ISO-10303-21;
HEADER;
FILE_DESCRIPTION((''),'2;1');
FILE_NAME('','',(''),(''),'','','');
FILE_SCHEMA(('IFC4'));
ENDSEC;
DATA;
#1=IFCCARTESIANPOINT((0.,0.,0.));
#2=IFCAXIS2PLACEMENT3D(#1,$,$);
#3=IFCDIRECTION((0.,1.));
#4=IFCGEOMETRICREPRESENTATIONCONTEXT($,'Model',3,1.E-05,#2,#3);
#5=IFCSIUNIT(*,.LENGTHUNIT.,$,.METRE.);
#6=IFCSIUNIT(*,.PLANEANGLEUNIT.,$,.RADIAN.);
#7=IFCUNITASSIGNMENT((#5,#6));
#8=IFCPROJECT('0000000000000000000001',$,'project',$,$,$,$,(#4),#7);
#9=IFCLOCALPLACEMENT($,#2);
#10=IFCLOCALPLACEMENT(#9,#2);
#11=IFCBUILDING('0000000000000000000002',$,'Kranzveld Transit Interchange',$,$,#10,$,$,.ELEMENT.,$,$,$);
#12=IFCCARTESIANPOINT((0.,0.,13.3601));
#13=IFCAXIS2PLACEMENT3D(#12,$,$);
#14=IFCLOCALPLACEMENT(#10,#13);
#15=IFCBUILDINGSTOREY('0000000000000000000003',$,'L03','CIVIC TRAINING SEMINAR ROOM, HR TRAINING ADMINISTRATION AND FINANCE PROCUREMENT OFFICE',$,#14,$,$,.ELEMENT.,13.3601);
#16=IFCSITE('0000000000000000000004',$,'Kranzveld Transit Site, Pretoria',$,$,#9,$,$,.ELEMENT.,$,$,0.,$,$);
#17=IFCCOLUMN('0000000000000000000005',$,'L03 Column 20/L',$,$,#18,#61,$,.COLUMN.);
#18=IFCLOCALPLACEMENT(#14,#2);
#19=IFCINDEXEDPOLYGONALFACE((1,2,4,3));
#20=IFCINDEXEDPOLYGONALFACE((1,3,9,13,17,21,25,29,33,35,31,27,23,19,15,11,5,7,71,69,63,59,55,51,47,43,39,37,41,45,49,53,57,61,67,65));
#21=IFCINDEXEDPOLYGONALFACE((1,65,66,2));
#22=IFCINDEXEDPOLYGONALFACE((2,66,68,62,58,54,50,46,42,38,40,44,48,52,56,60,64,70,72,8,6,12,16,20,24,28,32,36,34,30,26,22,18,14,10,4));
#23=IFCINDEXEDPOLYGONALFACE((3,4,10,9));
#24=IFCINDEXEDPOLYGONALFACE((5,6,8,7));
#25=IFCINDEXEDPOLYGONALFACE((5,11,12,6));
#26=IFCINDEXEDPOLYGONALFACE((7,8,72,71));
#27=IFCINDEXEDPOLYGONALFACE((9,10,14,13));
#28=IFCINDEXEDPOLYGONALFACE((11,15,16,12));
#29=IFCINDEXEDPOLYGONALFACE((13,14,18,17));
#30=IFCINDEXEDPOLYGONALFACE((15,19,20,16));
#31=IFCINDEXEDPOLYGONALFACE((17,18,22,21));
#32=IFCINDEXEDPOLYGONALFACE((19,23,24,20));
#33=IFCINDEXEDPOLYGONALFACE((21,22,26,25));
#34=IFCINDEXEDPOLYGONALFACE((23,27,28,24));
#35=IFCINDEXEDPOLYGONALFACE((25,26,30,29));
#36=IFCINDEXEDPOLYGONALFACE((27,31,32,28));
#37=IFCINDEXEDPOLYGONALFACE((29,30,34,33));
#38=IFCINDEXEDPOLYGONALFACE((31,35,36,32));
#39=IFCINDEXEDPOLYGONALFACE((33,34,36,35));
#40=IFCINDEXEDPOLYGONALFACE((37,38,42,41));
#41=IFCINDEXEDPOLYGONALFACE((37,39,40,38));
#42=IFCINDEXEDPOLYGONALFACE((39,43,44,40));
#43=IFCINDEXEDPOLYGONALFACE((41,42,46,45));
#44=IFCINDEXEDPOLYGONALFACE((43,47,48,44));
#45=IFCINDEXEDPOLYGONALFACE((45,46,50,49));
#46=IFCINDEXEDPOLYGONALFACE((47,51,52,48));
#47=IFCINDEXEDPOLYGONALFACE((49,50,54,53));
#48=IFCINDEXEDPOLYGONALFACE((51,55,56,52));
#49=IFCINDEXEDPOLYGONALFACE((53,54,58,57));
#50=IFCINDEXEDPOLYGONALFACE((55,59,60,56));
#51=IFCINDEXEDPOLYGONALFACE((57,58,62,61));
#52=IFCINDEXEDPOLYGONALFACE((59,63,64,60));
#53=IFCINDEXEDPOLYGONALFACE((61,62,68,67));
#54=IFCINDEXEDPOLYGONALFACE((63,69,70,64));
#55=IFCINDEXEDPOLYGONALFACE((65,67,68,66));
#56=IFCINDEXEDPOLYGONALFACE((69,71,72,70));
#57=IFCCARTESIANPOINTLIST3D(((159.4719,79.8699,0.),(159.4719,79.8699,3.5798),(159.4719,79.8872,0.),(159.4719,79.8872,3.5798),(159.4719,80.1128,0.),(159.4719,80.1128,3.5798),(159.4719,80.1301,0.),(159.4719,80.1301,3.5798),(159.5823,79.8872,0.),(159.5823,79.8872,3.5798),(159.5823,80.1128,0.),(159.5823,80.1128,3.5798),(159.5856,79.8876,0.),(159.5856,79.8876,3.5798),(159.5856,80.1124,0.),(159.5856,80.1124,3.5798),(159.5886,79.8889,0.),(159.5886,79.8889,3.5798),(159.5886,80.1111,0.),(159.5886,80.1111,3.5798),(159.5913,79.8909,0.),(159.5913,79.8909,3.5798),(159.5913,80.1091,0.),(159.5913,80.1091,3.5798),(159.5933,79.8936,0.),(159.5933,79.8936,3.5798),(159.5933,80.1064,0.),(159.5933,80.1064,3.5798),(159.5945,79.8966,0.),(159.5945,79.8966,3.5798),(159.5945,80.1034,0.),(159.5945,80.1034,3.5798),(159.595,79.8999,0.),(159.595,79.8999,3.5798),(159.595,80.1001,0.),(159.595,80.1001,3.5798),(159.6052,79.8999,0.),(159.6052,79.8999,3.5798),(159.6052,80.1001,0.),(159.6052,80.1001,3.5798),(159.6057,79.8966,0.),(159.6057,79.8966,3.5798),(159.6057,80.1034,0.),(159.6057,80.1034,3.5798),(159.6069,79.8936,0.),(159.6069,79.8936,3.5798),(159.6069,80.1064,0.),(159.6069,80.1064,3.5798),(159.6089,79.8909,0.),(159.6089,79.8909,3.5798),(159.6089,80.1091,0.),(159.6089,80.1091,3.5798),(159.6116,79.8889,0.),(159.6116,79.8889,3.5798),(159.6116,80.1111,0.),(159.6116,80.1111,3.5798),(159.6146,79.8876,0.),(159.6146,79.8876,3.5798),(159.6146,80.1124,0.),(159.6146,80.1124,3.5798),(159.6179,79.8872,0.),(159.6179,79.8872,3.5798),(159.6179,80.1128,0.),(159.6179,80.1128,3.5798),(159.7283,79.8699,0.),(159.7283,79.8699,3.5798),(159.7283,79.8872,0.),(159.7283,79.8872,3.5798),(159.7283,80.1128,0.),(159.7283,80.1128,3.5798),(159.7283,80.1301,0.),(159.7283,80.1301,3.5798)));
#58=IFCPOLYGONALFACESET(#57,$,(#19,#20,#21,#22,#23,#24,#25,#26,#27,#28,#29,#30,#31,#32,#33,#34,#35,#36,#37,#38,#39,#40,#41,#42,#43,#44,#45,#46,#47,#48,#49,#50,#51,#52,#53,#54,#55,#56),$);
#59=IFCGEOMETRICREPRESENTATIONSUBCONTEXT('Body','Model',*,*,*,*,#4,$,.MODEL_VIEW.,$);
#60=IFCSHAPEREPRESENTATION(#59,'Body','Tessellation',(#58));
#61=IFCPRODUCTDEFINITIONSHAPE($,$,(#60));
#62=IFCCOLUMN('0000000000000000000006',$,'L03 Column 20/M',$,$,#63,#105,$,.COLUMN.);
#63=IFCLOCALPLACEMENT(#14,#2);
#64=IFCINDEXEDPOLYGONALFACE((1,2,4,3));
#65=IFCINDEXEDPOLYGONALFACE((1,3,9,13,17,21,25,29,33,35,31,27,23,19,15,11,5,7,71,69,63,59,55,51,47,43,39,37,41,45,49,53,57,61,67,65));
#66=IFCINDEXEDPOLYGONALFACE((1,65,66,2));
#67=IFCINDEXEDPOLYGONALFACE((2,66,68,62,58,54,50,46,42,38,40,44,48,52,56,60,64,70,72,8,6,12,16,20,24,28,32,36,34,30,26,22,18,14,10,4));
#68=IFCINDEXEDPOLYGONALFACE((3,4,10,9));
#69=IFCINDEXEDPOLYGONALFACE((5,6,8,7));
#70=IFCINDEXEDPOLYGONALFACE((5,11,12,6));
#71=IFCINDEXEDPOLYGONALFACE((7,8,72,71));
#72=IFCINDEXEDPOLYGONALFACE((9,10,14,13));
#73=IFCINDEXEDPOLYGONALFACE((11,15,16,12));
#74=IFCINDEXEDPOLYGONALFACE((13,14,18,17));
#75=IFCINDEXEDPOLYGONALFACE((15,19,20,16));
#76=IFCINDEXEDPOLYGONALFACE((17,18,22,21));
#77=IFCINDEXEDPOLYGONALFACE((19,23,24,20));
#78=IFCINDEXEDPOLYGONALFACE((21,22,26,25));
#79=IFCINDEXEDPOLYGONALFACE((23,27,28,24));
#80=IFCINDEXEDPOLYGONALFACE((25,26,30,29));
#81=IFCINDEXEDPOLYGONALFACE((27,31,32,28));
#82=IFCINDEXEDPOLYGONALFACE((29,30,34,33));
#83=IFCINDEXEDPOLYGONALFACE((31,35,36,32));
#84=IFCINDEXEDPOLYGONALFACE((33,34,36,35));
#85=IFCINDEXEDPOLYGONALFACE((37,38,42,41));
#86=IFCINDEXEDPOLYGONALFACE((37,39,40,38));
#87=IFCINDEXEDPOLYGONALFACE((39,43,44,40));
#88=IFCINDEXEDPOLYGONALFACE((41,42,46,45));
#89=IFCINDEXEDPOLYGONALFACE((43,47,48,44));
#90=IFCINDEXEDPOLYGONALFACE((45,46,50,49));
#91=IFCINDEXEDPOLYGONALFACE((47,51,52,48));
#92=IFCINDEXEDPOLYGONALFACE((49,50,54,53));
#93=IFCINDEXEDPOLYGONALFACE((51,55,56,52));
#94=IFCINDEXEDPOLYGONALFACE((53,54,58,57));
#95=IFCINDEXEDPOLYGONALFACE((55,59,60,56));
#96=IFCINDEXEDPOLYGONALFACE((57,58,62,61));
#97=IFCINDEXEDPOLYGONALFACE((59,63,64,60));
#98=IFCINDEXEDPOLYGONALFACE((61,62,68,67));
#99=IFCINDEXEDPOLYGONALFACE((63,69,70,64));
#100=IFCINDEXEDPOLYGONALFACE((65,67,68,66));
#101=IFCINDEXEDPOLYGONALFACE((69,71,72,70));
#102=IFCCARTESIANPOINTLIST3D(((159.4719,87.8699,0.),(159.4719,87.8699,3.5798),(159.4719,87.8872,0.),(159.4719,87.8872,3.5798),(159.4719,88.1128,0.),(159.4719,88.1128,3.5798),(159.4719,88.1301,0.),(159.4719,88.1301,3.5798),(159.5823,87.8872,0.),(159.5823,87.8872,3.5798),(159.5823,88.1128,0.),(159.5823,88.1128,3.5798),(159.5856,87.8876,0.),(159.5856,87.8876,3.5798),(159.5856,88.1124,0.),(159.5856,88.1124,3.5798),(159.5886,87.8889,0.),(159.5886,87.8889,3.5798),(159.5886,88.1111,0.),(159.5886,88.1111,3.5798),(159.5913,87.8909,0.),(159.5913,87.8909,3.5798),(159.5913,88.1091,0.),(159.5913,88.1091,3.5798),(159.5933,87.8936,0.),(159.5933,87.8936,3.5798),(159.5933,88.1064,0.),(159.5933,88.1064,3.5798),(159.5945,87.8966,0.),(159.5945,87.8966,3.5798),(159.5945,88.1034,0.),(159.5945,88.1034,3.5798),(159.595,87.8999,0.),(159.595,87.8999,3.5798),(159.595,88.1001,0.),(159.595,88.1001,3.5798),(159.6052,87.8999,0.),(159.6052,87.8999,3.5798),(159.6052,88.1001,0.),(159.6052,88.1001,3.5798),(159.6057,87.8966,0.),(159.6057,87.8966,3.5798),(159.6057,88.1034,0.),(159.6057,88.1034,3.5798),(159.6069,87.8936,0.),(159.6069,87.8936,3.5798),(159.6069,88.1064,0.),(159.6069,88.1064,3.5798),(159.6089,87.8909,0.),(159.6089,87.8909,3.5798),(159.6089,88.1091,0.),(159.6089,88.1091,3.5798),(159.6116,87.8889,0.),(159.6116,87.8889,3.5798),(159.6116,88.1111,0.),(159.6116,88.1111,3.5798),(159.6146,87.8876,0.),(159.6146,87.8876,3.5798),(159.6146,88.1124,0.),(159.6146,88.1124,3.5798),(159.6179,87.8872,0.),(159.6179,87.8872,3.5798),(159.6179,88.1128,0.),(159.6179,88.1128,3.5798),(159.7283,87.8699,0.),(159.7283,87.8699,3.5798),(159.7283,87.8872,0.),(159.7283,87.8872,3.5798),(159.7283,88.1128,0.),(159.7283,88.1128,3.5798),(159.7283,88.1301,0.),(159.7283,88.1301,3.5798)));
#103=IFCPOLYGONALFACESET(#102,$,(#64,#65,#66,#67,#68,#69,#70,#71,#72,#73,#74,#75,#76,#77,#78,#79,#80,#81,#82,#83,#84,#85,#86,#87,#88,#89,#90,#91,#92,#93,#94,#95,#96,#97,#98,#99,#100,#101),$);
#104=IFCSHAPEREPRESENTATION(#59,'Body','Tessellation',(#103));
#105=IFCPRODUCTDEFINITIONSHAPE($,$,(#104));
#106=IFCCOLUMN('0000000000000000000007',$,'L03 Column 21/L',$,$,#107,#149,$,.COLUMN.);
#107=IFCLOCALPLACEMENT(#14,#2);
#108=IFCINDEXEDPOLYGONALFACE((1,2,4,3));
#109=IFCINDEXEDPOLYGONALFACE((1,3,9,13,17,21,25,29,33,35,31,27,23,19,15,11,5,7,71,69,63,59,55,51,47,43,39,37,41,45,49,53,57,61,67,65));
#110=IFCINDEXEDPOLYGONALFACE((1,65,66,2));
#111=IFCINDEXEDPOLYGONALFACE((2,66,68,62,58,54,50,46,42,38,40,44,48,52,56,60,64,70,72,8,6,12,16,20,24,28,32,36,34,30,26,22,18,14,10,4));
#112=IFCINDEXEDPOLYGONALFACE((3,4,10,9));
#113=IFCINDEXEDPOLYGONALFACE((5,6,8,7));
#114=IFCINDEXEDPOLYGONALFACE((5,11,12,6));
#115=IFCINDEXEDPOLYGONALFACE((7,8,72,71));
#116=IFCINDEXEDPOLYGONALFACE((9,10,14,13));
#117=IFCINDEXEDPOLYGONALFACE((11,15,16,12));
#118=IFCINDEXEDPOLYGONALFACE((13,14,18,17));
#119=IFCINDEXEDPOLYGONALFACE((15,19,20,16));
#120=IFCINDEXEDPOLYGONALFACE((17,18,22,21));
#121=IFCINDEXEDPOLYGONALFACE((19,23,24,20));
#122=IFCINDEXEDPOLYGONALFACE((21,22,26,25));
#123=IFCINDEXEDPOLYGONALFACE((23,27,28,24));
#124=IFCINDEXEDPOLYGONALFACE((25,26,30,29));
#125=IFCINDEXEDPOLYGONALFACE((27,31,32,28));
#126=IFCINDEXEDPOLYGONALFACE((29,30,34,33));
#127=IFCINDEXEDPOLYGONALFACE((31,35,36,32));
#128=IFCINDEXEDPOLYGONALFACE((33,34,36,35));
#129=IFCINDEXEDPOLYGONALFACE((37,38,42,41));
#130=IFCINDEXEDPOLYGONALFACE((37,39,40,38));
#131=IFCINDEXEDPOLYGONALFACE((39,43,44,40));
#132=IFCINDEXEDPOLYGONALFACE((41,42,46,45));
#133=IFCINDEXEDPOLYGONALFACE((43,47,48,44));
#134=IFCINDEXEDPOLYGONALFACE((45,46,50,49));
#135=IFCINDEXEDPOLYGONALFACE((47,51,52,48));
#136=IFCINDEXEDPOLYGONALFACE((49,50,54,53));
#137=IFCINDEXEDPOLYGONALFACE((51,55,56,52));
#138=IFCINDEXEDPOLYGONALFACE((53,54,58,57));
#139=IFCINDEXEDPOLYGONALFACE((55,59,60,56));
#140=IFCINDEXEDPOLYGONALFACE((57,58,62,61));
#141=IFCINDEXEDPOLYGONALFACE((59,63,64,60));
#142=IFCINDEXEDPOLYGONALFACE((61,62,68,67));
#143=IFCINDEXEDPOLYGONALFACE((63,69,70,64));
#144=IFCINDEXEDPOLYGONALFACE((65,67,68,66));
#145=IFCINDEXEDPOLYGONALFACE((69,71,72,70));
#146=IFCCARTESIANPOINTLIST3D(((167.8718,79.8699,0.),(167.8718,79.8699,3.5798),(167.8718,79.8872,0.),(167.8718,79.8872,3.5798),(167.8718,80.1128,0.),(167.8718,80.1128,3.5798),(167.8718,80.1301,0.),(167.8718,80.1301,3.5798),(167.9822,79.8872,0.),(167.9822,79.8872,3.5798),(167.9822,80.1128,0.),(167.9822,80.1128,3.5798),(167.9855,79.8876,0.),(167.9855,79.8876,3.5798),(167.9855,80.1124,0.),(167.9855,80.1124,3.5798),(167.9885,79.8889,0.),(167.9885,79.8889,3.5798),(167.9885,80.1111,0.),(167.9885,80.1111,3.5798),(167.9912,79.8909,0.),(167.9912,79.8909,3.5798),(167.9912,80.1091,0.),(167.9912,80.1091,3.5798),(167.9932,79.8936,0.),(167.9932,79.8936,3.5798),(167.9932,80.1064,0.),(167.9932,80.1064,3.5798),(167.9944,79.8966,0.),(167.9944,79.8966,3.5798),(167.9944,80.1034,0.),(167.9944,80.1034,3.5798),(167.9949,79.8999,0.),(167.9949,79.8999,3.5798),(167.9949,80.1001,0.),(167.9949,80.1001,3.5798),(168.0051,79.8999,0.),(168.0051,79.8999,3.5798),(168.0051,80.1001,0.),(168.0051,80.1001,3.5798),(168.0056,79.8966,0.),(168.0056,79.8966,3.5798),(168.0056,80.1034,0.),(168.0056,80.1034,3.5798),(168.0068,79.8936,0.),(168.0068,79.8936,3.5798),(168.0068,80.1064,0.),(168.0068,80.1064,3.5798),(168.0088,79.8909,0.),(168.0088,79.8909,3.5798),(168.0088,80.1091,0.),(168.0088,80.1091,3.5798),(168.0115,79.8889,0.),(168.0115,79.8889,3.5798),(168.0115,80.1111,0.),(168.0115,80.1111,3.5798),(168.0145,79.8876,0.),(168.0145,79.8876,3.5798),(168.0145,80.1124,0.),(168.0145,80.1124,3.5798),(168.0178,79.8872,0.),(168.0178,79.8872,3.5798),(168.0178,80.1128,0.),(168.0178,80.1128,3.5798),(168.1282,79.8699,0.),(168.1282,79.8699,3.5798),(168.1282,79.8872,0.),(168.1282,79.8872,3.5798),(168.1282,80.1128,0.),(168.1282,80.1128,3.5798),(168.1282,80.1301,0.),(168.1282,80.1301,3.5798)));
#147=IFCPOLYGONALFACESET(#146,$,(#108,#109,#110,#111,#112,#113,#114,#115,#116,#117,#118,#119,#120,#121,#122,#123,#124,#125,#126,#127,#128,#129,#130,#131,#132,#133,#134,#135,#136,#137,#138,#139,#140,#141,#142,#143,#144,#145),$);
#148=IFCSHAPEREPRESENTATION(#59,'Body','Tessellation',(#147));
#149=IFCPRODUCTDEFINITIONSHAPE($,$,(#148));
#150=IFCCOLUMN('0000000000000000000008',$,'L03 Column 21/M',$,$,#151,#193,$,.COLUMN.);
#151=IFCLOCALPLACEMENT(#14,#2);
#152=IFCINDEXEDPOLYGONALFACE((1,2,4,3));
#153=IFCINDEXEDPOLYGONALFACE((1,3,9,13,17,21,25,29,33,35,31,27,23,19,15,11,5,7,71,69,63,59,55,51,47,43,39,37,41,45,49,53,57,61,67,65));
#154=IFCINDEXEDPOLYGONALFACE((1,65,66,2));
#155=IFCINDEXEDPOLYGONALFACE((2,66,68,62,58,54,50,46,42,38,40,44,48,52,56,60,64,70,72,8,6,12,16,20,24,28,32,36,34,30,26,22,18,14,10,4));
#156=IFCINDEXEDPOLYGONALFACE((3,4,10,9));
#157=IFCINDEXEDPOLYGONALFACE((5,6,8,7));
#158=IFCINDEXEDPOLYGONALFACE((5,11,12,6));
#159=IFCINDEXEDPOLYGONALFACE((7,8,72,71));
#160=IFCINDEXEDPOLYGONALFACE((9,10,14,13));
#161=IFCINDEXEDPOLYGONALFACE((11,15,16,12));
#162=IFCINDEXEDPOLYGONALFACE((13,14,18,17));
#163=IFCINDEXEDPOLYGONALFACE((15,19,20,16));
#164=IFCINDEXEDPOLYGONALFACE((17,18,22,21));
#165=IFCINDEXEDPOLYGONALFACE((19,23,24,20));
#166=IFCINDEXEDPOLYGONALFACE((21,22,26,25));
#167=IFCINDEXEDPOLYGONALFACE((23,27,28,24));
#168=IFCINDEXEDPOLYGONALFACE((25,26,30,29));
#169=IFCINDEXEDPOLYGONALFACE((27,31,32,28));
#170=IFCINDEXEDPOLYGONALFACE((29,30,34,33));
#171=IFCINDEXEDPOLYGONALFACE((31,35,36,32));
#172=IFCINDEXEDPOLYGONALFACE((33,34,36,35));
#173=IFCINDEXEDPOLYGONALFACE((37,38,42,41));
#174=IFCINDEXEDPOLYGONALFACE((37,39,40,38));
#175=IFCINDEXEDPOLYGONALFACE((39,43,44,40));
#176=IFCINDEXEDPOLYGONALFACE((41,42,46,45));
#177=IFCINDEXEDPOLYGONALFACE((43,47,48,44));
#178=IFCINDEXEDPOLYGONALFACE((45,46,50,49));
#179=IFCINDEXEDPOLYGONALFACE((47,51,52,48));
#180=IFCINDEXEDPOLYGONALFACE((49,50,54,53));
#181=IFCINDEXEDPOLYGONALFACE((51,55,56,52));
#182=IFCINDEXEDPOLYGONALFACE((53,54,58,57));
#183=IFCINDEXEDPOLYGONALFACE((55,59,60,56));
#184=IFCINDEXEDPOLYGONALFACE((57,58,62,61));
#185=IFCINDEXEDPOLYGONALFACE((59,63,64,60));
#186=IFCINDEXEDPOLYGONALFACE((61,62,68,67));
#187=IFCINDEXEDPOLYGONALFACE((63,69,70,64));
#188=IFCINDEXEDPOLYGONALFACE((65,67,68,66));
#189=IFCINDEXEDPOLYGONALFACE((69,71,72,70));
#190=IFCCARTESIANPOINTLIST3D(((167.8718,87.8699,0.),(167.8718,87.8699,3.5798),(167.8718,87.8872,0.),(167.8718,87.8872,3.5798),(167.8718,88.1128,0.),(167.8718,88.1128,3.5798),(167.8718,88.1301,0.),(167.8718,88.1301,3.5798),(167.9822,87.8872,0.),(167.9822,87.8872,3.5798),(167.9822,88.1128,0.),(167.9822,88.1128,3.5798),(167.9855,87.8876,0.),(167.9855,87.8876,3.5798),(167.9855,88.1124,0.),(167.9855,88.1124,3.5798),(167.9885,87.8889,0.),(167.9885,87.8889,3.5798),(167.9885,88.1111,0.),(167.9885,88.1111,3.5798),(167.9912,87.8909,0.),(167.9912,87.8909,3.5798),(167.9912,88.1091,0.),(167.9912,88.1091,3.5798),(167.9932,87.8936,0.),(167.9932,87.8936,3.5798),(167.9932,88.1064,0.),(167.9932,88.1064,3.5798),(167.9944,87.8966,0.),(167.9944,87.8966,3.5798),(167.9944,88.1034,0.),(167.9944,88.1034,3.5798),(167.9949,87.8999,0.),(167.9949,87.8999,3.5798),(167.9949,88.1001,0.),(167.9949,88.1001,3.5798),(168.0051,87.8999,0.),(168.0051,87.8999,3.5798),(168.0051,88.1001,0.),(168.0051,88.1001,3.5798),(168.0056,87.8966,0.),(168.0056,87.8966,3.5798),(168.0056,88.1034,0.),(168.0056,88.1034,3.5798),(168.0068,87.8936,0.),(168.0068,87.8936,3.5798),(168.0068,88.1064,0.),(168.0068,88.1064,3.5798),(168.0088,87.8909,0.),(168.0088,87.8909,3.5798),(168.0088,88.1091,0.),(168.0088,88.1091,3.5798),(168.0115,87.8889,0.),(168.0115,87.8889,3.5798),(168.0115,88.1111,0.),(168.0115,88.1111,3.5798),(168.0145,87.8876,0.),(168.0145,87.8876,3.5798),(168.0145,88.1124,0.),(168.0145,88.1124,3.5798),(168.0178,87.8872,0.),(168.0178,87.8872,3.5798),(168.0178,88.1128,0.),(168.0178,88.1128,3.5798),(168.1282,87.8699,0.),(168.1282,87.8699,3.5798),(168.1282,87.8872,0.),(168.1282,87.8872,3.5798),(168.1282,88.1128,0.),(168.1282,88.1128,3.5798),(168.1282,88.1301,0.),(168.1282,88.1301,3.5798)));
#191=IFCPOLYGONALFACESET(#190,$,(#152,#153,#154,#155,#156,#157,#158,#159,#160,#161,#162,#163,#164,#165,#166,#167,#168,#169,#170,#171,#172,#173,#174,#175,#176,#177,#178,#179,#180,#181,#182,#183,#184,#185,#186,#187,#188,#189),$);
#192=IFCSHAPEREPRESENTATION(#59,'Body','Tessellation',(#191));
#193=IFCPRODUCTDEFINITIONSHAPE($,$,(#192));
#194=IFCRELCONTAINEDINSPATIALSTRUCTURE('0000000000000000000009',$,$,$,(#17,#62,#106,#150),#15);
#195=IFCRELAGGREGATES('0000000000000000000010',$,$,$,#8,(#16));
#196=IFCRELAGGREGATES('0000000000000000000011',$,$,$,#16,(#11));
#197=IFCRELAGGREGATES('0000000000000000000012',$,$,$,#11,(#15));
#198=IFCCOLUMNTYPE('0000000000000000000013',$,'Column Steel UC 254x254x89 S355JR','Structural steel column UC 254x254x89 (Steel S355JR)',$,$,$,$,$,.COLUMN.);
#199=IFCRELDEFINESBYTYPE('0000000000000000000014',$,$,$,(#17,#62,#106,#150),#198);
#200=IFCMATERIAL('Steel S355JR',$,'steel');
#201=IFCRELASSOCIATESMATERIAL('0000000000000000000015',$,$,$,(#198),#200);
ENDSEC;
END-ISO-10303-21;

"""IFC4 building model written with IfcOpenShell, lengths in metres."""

from ifc_helpers import new_model, si_unit, direction, frame, origin, origin_2d, place, context, subcontext, project, spatial, i_section, extrude, material, material_profile, profile_set, type_object, element, save


model = new_model("IFC4")

# Units and contexts
model_context = context("Model", 3, precision=1e-05, world=origin(), true_north=direction((0.0, 1.0)))
body_context = subcontext(model_context, "Body", "Model", "MODEL_VIEW")
ifc_project = project(units=[si_unit("LENGTHUNIT", "METRE"), si_unit("PLANEANGLEUNIT", "RADIAN")], contexts=[model_context])

# Site, building, storey
site_placement = place(None, origin())
site = spatial("IfcSite", under=ifc_project, at=site_placement, Name="Kranzveld Transit Site, Pretoria", CompositionType="ELEMENT", RefElevation=0.0)
building_placement = place(site_placement, origin())
building = spatial("IfcBuilding", under=site, at=building_placement, Name="Kranzveld Transit Interchange", CompositionType="ELEMENT")
storey_placement = place(building_placement, frame((0.0, 0.0, 13.3601)))
storey = spatial("IfcBuildingStorey", under=building, at=storey_placement, Name="L03", Description="CIVIC TRAINING SEMINAR ROOM, HR TRAINING ADMINISTRATION AND FINANCE PROCUREMENT OFFICE", CompositionType="ELEMENT", Elevation=13.3601)

# Columns
ifc_material_1 = material(Name="Steel S355JR", Category="steel")
ifc_material_profile_1 = material_profile(ifc_material_1, i_section(OverallWidth=0.2563, OverallDepth=0.2603, WebThickness=0.0103, FlangeThickness=0.0173, FilletRadius=0.0127, at=origin_2d()), Name="UC 254x254x89")
ifc_profile_set_1 = profile_set([ifc_material_profile_1], Name="Steel S355JR")
column_type = type_object("IfcColumnType", Name="Column Steel UC 254x254x89 S355JR", Description="Structural steel column UC 254x254x89 (Steel S355JR)", PredefinedType="COLUMN", material=ifc_profile_set_1)
for number, where, z_axis, x_axis, name in (
    (1, (159.6001, 80.0, 0.0), (0.0, 0.0, 1.0), (1.0, 0.0, 0.0), "L03 Column 20/L"),
    (2, (159.6001, 88.0, 0.0), (0.0, 0.0, 1.0), (1.0, 0.0, 0.0), "L03 Column 20/M"),
    (3, (168.0, 80.0, 0.0), (0.0, 0.0, 1.0), (1.0, 0.0, 0.0), "L03 Column 21/L"),
    (4, (168.0, 88.0, 0.0), (0.0, 0.0, 1.0), (1.0, 0.0, 0.0), "L03 Column 21/M"),
):
    element("IfcColumn", number, at=place(storey_placement, frame(where, z_axis=z_axis, x_axis=x_axis)), inside=storey, type_object=column_type, Name=name, PredefinedType="COLUMN", context=body_context, shape_type="SweptSolid", body=[
        extrude(i_section(OverallWidth=0.2563, OverallDepth=0.2603, WebThickness=0.0103, FlangeThickness=0.0173, FilletRadius=0.0127, at=origin_2d()), origin(), (0.0, 0.0, 1.0), 3.5798),
    ])

save(model, "model.ifc")
